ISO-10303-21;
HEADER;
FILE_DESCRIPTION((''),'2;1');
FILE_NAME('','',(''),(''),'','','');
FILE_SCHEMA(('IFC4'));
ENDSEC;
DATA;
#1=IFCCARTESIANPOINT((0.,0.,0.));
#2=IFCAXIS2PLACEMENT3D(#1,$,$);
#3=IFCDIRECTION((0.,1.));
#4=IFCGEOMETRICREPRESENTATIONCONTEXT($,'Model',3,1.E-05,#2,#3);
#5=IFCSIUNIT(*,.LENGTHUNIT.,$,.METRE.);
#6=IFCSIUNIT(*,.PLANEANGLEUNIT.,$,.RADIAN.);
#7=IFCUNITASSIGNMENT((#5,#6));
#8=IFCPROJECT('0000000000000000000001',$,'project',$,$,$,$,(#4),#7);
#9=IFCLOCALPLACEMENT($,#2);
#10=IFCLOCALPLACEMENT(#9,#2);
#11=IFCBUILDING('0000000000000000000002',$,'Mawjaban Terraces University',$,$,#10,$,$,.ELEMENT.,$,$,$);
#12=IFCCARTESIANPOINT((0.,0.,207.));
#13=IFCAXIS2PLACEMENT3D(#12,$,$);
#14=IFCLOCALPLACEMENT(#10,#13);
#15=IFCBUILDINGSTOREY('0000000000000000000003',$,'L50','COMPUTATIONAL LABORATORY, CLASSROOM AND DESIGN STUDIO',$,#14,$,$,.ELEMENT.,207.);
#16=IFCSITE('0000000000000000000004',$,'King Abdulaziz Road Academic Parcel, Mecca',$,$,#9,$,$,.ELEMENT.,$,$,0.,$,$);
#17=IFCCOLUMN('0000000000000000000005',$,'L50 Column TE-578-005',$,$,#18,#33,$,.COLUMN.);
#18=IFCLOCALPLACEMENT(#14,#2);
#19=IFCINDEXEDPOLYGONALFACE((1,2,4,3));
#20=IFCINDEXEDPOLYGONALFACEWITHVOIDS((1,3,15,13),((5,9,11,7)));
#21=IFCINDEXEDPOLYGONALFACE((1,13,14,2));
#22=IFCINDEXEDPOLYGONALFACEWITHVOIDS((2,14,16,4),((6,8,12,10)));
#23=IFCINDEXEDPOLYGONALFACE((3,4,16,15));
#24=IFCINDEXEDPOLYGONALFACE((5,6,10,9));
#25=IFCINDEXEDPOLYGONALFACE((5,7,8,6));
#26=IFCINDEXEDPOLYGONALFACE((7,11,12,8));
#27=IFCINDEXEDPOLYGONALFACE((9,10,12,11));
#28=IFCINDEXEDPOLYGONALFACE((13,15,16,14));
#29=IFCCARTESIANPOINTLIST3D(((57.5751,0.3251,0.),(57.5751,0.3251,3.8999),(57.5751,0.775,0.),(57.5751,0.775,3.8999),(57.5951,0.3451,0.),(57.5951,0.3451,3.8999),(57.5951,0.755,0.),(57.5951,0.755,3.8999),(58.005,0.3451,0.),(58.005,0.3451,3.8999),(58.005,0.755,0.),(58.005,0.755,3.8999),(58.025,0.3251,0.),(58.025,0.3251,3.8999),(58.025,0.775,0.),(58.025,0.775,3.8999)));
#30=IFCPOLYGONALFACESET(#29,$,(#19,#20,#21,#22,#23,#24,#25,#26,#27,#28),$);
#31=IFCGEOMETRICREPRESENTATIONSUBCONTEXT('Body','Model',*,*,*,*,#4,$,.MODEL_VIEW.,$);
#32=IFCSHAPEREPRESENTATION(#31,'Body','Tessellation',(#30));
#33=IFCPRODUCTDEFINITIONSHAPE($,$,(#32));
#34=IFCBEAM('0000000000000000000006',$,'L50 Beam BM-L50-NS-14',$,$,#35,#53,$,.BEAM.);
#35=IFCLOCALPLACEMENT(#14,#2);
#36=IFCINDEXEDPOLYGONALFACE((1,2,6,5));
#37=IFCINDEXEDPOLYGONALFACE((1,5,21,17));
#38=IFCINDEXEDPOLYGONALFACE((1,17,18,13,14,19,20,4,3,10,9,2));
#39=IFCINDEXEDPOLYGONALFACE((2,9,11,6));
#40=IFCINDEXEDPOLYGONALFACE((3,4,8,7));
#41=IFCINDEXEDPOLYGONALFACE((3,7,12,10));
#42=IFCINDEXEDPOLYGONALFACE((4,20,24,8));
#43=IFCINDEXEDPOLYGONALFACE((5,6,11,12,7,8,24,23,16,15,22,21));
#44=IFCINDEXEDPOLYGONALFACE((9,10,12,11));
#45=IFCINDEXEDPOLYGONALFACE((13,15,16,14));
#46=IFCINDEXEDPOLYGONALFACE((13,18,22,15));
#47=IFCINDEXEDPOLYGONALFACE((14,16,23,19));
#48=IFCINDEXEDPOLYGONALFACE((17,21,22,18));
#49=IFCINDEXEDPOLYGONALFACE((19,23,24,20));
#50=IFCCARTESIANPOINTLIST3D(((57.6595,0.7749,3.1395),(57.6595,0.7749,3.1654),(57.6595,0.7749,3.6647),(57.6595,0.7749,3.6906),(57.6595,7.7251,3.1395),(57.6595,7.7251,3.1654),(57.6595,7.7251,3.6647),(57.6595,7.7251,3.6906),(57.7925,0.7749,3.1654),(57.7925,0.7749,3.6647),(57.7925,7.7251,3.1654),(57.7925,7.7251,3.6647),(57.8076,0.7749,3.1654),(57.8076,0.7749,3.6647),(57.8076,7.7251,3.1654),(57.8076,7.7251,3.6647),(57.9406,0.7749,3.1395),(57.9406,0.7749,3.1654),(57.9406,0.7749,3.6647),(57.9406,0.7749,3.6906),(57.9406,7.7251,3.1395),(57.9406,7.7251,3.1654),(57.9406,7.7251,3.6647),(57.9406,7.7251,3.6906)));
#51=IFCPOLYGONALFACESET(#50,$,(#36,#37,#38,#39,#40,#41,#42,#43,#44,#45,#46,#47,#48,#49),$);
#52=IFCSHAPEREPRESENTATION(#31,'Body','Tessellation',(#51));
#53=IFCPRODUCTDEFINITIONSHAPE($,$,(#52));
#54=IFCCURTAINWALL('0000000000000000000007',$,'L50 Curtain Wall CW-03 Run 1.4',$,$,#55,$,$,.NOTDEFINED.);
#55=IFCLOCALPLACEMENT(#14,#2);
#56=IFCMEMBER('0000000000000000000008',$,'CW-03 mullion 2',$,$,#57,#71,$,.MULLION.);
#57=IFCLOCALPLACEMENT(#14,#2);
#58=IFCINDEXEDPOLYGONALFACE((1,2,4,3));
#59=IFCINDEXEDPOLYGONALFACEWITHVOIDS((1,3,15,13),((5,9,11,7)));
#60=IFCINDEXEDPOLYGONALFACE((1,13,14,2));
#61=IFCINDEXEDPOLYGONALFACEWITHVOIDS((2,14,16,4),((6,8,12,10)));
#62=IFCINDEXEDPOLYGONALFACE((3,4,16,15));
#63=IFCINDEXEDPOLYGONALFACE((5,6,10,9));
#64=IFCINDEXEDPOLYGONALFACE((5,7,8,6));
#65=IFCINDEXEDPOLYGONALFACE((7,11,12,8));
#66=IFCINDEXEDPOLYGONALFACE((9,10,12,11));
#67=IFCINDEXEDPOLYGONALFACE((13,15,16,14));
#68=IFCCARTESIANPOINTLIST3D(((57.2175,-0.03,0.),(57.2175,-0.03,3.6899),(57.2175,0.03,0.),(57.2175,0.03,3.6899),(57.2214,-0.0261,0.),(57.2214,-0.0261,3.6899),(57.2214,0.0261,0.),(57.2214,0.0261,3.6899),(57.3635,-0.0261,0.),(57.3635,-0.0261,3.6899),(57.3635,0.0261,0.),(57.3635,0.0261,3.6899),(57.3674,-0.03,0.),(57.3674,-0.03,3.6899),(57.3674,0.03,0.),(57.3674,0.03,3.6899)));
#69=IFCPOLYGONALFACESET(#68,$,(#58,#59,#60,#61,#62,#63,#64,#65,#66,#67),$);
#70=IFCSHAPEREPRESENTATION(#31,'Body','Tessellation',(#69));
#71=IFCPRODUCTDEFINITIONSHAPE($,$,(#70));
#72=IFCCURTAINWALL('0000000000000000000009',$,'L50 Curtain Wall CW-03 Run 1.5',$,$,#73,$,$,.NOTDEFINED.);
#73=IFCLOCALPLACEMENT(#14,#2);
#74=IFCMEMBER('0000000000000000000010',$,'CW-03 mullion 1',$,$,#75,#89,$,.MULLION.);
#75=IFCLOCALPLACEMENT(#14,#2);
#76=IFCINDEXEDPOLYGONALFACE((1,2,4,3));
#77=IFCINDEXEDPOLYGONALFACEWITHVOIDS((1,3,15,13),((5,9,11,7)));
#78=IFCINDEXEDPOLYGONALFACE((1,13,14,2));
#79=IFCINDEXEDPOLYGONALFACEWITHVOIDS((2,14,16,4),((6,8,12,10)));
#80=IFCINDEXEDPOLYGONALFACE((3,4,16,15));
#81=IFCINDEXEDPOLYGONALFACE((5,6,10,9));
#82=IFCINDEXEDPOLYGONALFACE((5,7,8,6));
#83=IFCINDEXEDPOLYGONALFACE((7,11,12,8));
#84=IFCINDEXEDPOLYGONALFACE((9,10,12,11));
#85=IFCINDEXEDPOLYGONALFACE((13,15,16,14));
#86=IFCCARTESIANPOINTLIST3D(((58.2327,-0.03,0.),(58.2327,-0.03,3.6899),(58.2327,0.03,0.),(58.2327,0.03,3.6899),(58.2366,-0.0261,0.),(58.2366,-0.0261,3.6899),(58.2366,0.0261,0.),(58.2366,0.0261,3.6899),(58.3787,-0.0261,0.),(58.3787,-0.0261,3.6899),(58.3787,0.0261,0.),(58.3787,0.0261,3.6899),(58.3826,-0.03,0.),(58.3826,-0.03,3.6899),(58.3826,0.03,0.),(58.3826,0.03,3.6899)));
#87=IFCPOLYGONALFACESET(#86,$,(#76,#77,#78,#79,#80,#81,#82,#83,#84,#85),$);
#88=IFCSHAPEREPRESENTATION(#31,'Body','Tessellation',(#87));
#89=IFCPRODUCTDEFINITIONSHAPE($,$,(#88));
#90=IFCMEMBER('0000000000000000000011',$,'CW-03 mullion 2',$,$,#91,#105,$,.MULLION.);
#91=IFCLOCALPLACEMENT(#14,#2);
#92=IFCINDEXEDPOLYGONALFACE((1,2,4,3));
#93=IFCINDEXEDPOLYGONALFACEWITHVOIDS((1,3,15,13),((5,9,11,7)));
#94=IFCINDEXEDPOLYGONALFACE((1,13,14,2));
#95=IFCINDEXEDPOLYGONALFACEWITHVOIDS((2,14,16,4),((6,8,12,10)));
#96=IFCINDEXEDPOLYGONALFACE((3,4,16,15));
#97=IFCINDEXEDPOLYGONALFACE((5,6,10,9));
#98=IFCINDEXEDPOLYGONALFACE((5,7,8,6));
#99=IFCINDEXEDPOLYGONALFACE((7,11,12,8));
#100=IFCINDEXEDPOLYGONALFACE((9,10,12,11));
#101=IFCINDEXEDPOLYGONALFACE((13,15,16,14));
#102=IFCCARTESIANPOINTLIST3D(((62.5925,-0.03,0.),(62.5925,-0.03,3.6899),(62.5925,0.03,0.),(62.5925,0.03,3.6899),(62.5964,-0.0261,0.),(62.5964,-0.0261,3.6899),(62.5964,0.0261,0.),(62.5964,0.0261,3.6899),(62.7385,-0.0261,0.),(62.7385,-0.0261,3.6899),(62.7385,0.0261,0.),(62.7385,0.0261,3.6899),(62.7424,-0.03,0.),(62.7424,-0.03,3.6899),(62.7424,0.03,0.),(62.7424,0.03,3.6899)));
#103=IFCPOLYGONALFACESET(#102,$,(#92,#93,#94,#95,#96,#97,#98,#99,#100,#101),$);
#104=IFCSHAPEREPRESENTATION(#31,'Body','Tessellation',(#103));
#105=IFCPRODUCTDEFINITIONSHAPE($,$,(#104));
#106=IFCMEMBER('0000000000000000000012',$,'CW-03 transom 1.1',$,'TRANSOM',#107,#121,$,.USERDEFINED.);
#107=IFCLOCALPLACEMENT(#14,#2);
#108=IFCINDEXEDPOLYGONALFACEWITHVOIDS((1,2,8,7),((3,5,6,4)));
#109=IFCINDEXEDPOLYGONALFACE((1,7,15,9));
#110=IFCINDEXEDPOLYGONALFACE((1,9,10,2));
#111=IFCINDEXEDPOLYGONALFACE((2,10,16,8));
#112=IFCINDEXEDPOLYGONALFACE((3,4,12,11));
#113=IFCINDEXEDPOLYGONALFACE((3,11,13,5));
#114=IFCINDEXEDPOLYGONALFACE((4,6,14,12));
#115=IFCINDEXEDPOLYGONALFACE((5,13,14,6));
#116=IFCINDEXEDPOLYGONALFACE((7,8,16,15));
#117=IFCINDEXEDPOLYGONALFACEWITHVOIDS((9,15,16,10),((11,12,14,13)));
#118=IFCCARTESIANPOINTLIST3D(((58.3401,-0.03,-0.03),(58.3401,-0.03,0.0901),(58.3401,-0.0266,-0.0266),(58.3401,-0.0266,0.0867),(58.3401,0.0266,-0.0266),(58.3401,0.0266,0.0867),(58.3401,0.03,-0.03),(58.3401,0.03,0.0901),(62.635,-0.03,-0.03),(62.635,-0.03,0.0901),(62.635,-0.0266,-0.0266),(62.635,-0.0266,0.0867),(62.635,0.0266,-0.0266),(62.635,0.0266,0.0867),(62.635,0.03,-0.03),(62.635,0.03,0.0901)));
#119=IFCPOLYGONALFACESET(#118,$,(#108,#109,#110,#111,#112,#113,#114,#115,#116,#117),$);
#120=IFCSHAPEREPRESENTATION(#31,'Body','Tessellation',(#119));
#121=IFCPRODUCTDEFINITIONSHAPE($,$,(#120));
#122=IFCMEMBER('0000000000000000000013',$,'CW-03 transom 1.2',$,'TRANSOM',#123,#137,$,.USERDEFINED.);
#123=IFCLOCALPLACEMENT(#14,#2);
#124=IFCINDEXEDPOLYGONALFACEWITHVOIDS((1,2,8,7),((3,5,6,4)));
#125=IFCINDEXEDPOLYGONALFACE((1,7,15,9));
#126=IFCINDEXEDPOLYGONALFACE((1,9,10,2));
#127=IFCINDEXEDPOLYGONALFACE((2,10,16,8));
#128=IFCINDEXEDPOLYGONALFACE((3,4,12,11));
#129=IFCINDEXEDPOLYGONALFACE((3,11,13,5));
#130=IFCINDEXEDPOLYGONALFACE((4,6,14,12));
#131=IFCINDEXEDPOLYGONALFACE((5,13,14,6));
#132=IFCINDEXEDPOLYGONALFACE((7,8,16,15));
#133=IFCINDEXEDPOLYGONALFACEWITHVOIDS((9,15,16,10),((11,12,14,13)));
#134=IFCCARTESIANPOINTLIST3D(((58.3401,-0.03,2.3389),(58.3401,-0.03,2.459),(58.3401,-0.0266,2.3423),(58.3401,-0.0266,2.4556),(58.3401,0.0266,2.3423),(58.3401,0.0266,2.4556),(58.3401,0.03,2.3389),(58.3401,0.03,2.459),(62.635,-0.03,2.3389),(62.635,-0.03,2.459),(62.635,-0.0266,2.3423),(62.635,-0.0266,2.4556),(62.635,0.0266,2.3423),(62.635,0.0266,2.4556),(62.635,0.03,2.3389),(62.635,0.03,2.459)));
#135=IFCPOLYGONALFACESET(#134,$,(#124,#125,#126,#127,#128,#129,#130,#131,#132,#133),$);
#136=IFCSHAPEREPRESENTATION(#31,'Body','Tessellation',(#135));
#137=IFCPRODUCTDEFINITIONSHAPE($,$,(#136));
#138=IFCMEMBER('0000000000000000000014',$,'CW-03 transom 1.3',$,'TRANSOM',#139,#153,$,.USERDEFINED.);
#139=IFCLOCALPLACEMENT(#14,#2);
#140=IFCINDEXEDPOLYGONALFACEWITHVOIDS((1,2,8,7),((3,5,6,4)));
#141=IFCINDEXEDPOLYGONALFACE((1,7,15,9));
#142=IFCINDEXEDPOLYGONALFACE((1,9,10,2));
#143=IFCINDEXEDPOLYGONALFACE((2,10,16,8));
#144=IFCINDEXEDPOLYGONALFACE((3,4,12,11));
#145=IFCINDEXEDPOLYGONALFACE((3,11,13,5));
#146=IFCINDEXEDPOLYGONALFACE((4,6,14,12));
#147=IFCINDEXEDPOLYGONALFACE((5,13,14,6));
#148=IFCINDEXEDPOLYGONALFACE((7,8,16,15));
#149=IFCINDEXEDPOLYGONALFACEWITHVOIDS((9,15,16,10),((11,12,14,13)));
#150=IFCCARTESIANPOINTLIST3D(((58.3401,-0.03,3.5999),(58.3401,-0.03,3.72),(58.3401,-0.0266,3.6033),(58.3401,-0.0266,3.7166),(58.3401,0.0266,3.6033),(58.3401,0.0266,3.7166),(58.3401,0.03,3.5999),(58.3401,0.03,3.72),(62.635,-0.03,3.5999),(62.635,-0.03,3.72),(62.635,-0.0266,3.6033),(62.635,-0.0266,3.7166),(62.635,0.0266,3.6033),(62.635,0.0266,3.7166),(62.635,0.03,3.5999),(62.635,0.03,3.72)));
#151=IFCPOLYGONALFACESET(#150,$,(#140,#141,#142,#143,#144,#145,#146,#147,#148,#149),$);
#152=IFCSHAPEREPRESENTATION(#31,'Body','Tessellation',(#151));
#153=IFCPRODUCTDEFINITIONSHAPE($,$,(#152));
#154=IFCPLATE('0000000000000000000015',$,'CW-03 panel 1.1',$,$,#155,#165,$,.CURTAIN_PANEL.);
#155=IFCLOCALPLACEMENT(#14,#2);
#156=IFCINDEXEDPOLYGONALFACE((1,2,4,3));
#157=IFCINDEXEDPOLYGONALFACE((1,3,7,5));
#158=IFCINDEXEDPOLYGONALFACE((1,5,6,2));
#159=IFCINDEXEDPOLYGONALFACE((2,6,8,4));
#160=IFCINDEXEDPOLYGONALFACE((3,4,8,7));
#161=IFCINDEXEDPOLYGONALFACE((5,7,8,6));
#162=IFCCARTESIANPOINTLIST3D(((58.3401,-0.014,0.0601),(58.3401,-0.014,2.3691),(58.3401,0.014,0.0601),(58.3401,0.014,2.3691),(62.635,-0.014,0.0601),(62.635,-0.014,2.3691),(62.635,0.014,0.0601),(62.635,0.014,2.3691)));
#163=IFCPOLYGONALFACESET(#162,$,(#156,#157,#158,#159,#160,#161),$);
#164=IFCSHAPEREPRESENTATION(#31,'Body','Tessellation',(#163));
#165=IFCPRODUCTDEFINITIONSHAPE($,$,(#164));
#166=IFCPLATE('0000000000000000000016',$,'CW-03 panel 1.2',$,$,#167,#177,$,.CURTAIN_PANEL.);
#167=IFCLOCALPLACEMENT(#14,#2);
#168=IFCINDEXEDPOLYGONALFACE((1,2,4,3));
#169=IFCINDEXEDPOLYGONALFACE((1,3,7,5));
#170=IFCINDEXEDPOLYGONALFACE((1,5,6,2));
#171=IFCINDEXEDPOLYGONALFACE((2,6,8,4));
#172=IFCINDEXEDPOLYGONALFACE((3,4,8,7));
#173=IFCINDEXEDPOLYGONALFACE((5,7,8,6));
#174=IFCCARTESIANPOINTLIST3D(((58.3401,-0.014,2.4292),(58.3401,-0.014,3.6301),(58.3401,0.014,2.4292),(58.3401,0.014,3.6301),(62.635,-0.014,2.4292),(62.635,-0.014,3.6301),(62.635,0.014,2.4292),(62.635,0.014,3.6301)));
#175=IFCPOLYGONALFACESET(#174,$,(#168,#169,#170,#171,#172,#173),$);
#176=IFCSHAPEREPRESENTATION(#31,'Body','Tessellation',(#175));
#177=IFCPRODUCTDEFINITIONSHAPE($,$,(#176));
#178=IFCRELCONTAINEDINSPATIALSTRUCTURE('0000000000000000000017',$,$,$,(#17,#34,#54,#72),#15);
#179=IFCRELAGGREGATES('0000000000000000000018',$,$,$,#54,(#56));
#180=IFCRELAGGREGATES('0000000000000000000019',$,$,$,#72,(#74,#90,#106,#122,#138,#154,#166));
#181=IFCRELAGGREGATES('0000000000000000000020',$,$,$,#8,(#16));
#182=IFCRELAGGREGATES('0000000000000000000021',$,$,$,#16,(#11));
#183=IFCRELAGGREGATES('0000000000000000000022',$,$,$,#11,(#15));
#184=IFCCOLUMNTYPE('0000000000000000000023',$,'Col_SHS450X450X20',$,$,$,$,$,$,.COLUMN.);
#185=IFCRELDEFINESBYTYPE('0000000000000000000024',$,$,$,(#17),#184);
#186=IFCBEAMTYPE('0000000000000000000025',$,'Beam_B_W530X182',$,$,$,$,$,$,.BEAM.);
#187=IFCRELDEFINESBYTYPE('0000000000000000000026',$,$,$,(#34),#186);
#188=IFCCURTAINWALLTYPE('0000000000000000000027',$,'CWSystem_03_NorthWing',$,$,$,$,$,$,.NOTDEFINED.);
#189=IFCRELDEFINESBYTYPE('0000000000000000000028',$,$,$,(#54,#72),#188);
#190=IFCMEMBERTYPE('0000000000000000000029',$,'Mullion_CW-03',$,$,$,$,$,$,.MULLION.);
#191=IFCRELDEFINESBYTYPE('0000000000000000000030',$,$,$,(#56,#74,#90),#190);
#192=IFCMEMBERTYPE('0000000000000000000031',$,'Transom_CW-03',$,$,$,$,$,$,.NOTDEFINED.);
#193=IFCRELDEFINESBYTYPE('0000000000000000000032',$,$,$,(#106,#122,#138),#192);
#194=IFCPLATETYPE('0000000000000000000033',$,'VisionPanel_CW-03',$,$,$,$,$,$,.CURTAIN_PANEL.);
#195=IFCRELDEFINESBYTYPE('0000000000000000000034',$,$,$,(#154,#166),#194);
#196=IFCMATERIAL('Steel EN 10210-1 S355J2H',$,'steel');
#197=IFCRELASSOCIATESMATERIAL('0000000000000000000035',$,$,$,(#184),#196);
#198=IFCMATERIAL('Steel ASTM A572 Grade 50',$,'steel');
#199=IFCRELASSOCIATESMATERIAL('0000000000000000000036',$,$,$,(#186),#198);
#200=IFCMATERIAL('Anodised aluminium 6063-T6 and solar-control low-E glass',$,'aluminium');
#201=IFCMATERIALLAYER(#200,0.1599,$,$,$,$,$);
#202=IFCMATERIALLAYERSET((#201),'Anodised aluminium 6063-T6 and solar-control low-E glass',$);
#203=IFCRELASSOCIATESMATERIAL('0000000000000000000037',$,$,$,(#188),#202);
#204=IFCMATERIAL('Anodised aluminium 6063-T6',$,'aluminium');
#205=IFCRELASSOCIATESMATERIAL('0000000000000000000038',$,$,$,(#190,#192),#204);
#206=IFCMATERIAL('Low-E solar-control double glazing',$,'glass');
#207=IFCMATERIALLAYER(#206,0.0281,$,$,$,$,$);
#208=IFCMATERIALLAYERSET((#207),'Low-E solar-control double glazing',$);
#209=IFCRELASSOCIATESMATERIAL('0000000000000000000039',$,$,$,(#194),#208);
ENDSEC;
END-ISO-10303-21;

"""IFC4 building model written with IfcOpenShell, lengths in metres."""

from ifc_helpers import new_model, si_unit, direction, frame, origin, origin_2d, place, context, subcontext, project, spatial, rectangle, hollow_rectangle, i_section, extrude, material, layer, layer_set, material_profile, profile_set, type_object, element, aggregate, save


model = new_model("IFC4")

# Units and contexts
model_context = context("Model", 3, precision=1e-05, world=origin(), true_north=direction((0.0, 1.0)))
body_context = subcontext(model_context, "Body", "Model", "MODEL_VIEW")
ifc_project = project(units=[si_unit("LENGTHUNIT", "METRE"), si_unit("PLANEANGLEUNIT", "RADIAN")], contexts=[model_context])

# Site, building, storey
site_placement = place(None, origin())
site = spatial("IfcSite", under=ifc_project, at=site_placement, Name="King Abdulaziz Road Academic Parcel, Mecca", CompositionType="ELEMENT", RefElevation=0.0)
building_placement = place(site_placement, origin())
building = spatial("IfcBuilding", under=site, at=building_placement, Name="Mawjaban Terraces University", CompositionType="ELEMENT")
storey_placement = place(building_placement, frame((0.0, 0.0, 207.0)))
storey = spatial("IfcBuildingStorey", under=building, at=storey_placement, Name="L50", Description="COMPUTATIONAL LABORATORY, CLASSROOM AND DESIGN STUDIO", CompositionType="ELEMENT", Elevation=207.0)

# Column
ifc_material_1 = material(Name="Steel EN 10210-1 S355J2H", Category="steel")
ifc_material_profile_1 = material_profile(ifc_material_1, hollow_rectangle(XDim=0.45, YDim=0.45, WallThickness=0.02, at=origin_2d()), Name="SHS450X450X20")
ifc_profile_set_1 = profile_set([ifc_material_profile_1], Name="Steel EN 10210-1 S355J2H")
column_type = type_object("IfcColumnType", Name="Col_SHS450X450X20", PredefinedType="COLUMN", material=ifc_profile_set_1)
column_placement = place(storey_placement, frame((57.8, 0.55, 0.0), z_axis=(0.0, 0.0, 1.0), x_axis=(1.0, 0.0, 0.0)))
element("IfcColumn", 1, at=column_placement, inside=storey, type_object=column_type, Name="L50 Column TE-578-005", PredefinedType="COLUMN", context=body_context, shape_type="SweptSolid", body=[
    extrude(hollow_rectangle(XDim=0.45, YDim=0.45, WallThickness=0.02, at=origin_2d()), origin(), (0.0, 0.0, 1.0), 3.8999),
])

# Beam
ifc_material_2 = material(Name="Steel ASTM A572 Grade 50", Category="steel")
ifc_material_profile_2 = material_profile(ifc_material_2, i_section(OverallWidth=0.281, OverallDepth=0.551, WebThickness=0.0151, FlangeThickness=0.0259, at=origin_2d()), Name="W530X182")
ifc_profile_set_2 = profile_set([ifc_material_profile_2], Name="Steel ASTM A572 Grade 50")
beam_type = type_object("IfcBeamType", Name="Beam_B_W530X182", PredefinedType="BEAM", material=ifc_profile_set_2)
beam_placement = place(storey_placement, frame((57.8, 0.7749, 3.415), z_axis=(0.0, 1.0, 0.0), x_axis=(-1.0, 0.0, 0.0)))
element("IfcBeam", 2, at=beam_placement, inside=storey, type_object=beam_type, Name="L50 Beam BM-L50-NS-14", PredefinedType="BEAM", context=body_context, shape_type="SweptSolid", body=[
    extrude(i_section(OverallWidth=0.281, OverallDepth=0.551, WebThickness=0.0151, FlangeThickness=0.0259, at=origin_2d()), origin(), (0.0, 0.0, 1.0), 6.9502),
])

# Curtain wall, member
ifc_material_3 = material(Name="Anodised aluminium 6063-T6 and solar-control low-E glass", Category="aluminium")
ifc_layer_1 = layer(ifc_material_3, 0.1599)
ifc_layer_set_1 = layer_set([ifc_layer_1], Name="Anodised aluminium 6063-T6 and solar-control low-E glass")
curtain_wall_type = type_object("IfcCurtainWallType", Name="CWSystem_03_NorthWing", PredefinedType="NOTDEFINED", material=ifc_layer_set_1)
curtain_wall_1_placement = place(storey_placement, origin())
curtain_wall_1 = element("IfcCurtainWall", 3, at=curtain_wall_1_placement, inside=storey, type_object=curtain_wall_type, Name="L50 Curtain Wall CW-03 Run 1.4", PredefinedType="NOTDEFINED")
ifc_material_4 = material(Name="Anodised aluminium 6063-T6", Category="aluminium")
ifc_material_profile_3 = material_profile(ifc_material_4, hollow_rectangle(XDim=0.0601, YDim=0.1499, WallThickness=0.0039, at=origin_2d()), Name="ALU150X60X4")
ifc_profile_set_3 = profile_set([ifc_material_profile_3], Name="Anodised aluminium 6063-T6")
member_type_1 = type_object("IfcMemberType", Name="Mullion_CW-03", PredefinedType="MULLION", material=ifc_profile_set_3)
member_1_placement = place(storey_placement, frame((57.2925, 0.0, 0.0), z_axis=(0.0, 0.0, 1.0), x_axis=(0.0, 1.0, 0.0)))
member_1 = element("IfcMember", 4, at=member_1_placement, type_object=member_type_1, Name="CW-03 mullion 2", PredefinedType="MULLION", context=body_context, shape_type="SweptSolid", body=[
    extrude(hollow_rectangle(XDim=0.0601, YDim=0.1499, WallThickness=0.0039, at=origin_2d()), origin(), (0.0, 0.0, 1.0), 3.6899),
])
aggregate(curtain_wall_1, [member_1])

# Curtain wall, members, plates
curtain_wall_2_placement = place(storey_placement, origin())
curtain_wall_2 = element("IfcCurtainWall", 5, at=curtain_wall_2_placement, inside=storey, type_object=curtain_wall_type, Name="L50 Curtain Wall CW-03 Run 1.5", PredefinedType="NOTDEFINED")
member_2_placement = place(storey_placement, frame((58.3076, 0.0, 0.0), z_axis=(0.0, 0.0, 1.0), x_axis=(0.0, 1.0, 0.0)))
member_2 = element("IfcMember", 6, at=member_2_placement, type_object=member_type_1, Name="CW-03 mullion 1", PredefinedType="MULLION", context=body_context, shape_type="SweptSolid", body=[
    extrude(hollow_rectangle(XDim=0.0601, YDim=0.1499, WallThickness=0.0039, at=origin_2d()), origin(), (0.0, 0.0, 1.0), 3.6899),
])
member_3_placement = place(storey_placement, frame((62.6675, 0.0, 0.0), z_axis=(0.0, 0.0, 1.0), x_axis=(0.0, 1.0, 0.0)))
member_3 = element("IfcMember", 7, at=member_3_placement, type_object=member_type_1, Name="CW-03 mullion 2", PredefinedType="MULLION", context=body_context, shape_type="SweptSolid", body=[
    extrude(hollow_rectangle(XDim=0.0601, YDim=0.1499, WallThickness=0.0039, at=origin_2d()), origin(), (0.0, 0.0, 1.0), 3.6899),
])
ifc_material_profile_4 = material_profile(ifc_material_4, hollow_rectangle(XDim=0.0601, YDim=0.1201, WallThickness=0.0034, at=origin_2d()), Name="ALU120X60X3.5")
ifc_profile_set_4 = profile_set([ifc_material_profile_4], Name="Anodised aluminium 6063-T6")
member_type_2 = type_object("IfcMemberType", Name="Transom_CW-03", PredefinedType="NOTDEFINED", material=ifc_profile_set_4)
member_4_placement = place(storey_placement, frame((58.3401, 0.0, 0.03), z_axis=(1.0, 0.0, 0.0), x_axis=(0.0, 1.0, 0.0)))
member_4 = element("IfcMember", 8, at=member_4_placement, type_object=member_type_2, Name="CW-03 transom 1.1", ObjectType="TRANSOM", PredefinedType="USERDEFINED", context=body_context, shape_type="SweptSolid", body=[
    extrude(hollow_rectangle(XDim=0.0601, YDim=0.1201, WallThickness=0.0034, at=origin_2d()), origin(), (0.0, 0.0, 1.0), 4.2949),
])
member_5_placement = place(storey_placement, frame((58.3401, 0.0, 2.3989), z_axis=(1.0, 0.0, 0.0), x_axis=(0.0, 1.0, 0.0)))
member_5 = element("IfcMember", 9, at=member_5_placement, type_object=member_type_2, Name="CW-03 transom 1.2", ObjectType="TRANSOM", PredefinedType="USERDEFINED", context=body_context, shape_type="SweptSolid", body=[
    extrude(hollow_rectangle(XDim=0.0601, YDim=0.1201, WallThickness=0.0034, at=origin_2d()), origin(), (0.0, 0.0, 1.0), 4.2949),
])
member_6_placement = place(storey_placement, frame((58.3401, 0.0, 3.6599), z_axis=(1.0, 0.0, 0.0), x_axis=(0.0, 1.0, 0.0)))
member_6 = element("IfcMember", 10, at=member_6_placement, type_object=member_type_2, Name="CW-03 transom 1.3", ObjectType="TRANSOM", PredefinedType="USERDEFINED", context=body_context, shape_type="SweptSolid", body=[
    extrude(hollow_rectangle(XDim=0.0601, YDim=0.1201, WallThickness=0.0034, at=origin_2d()), origin(), (0.0, 0.0, 1.0), 4.2949),
])
ifc_material_5 = material(Name="Low-E solar-control double glazing", Category="glass")
ifc_layer_2 = layer(ifc_material_5, 0.0281)
ifc_layer_set_2 = layer_set([ifc_layer_2], Name="Low-E solar-control double glazing")
plate_type = type_object("IfcPlateType", Name="VisionPanel_CW-03", PredefinedType="CURTAIN_PANEL", material=ifc_layer_set_2)
plate_1_placement = place(storey_placement, frame((60.4875, 0.0, 0.0601), z_axis=(0.0, 0.0, 1.0), x_axis=(1.0, 0.0, 0.0)))
plate_1 = element("IfcPlate", 11, at=plate_1_placement, type_object=plate_type, Name="CW-03 panel 1.1", PredefinedType="CURTAIN_PANEL", context=body_context, shape_type="SweptSolid", body=[
    extrude(rectangle(XDim=4.2949, YDim=0.0281, at=origin_2d()), origin(), (0.0, 0.0, 1.0), 2.3091),
])
plate_2_placement = place(storey_placement, frame((60.4875, 0.0, 2.4292), z_axis=(0.0, 0.0, 1.0), x_axis=(1.0, 0.0, 0.0)))
plate_2 = element("IfcPlate", 12, at=plate_2_placement, type_object=plate_type, Name="CW-03 panel 1.2", PredefinedType="CURTAIN_PANEL", context=body_context, shape_type="SweptSolid", body=[
    extrude(rectangle(XDim=4.2949, YDim=0.0281, at=origin_2d()), origin(), (0.0, 0.0, 1.0), 1.2009),
])
aggregate(curtain_wall_2, [member_2, member_3, member_4, member_5, member_6, plate_1, plate_2])

save(model, "model.ifc")
